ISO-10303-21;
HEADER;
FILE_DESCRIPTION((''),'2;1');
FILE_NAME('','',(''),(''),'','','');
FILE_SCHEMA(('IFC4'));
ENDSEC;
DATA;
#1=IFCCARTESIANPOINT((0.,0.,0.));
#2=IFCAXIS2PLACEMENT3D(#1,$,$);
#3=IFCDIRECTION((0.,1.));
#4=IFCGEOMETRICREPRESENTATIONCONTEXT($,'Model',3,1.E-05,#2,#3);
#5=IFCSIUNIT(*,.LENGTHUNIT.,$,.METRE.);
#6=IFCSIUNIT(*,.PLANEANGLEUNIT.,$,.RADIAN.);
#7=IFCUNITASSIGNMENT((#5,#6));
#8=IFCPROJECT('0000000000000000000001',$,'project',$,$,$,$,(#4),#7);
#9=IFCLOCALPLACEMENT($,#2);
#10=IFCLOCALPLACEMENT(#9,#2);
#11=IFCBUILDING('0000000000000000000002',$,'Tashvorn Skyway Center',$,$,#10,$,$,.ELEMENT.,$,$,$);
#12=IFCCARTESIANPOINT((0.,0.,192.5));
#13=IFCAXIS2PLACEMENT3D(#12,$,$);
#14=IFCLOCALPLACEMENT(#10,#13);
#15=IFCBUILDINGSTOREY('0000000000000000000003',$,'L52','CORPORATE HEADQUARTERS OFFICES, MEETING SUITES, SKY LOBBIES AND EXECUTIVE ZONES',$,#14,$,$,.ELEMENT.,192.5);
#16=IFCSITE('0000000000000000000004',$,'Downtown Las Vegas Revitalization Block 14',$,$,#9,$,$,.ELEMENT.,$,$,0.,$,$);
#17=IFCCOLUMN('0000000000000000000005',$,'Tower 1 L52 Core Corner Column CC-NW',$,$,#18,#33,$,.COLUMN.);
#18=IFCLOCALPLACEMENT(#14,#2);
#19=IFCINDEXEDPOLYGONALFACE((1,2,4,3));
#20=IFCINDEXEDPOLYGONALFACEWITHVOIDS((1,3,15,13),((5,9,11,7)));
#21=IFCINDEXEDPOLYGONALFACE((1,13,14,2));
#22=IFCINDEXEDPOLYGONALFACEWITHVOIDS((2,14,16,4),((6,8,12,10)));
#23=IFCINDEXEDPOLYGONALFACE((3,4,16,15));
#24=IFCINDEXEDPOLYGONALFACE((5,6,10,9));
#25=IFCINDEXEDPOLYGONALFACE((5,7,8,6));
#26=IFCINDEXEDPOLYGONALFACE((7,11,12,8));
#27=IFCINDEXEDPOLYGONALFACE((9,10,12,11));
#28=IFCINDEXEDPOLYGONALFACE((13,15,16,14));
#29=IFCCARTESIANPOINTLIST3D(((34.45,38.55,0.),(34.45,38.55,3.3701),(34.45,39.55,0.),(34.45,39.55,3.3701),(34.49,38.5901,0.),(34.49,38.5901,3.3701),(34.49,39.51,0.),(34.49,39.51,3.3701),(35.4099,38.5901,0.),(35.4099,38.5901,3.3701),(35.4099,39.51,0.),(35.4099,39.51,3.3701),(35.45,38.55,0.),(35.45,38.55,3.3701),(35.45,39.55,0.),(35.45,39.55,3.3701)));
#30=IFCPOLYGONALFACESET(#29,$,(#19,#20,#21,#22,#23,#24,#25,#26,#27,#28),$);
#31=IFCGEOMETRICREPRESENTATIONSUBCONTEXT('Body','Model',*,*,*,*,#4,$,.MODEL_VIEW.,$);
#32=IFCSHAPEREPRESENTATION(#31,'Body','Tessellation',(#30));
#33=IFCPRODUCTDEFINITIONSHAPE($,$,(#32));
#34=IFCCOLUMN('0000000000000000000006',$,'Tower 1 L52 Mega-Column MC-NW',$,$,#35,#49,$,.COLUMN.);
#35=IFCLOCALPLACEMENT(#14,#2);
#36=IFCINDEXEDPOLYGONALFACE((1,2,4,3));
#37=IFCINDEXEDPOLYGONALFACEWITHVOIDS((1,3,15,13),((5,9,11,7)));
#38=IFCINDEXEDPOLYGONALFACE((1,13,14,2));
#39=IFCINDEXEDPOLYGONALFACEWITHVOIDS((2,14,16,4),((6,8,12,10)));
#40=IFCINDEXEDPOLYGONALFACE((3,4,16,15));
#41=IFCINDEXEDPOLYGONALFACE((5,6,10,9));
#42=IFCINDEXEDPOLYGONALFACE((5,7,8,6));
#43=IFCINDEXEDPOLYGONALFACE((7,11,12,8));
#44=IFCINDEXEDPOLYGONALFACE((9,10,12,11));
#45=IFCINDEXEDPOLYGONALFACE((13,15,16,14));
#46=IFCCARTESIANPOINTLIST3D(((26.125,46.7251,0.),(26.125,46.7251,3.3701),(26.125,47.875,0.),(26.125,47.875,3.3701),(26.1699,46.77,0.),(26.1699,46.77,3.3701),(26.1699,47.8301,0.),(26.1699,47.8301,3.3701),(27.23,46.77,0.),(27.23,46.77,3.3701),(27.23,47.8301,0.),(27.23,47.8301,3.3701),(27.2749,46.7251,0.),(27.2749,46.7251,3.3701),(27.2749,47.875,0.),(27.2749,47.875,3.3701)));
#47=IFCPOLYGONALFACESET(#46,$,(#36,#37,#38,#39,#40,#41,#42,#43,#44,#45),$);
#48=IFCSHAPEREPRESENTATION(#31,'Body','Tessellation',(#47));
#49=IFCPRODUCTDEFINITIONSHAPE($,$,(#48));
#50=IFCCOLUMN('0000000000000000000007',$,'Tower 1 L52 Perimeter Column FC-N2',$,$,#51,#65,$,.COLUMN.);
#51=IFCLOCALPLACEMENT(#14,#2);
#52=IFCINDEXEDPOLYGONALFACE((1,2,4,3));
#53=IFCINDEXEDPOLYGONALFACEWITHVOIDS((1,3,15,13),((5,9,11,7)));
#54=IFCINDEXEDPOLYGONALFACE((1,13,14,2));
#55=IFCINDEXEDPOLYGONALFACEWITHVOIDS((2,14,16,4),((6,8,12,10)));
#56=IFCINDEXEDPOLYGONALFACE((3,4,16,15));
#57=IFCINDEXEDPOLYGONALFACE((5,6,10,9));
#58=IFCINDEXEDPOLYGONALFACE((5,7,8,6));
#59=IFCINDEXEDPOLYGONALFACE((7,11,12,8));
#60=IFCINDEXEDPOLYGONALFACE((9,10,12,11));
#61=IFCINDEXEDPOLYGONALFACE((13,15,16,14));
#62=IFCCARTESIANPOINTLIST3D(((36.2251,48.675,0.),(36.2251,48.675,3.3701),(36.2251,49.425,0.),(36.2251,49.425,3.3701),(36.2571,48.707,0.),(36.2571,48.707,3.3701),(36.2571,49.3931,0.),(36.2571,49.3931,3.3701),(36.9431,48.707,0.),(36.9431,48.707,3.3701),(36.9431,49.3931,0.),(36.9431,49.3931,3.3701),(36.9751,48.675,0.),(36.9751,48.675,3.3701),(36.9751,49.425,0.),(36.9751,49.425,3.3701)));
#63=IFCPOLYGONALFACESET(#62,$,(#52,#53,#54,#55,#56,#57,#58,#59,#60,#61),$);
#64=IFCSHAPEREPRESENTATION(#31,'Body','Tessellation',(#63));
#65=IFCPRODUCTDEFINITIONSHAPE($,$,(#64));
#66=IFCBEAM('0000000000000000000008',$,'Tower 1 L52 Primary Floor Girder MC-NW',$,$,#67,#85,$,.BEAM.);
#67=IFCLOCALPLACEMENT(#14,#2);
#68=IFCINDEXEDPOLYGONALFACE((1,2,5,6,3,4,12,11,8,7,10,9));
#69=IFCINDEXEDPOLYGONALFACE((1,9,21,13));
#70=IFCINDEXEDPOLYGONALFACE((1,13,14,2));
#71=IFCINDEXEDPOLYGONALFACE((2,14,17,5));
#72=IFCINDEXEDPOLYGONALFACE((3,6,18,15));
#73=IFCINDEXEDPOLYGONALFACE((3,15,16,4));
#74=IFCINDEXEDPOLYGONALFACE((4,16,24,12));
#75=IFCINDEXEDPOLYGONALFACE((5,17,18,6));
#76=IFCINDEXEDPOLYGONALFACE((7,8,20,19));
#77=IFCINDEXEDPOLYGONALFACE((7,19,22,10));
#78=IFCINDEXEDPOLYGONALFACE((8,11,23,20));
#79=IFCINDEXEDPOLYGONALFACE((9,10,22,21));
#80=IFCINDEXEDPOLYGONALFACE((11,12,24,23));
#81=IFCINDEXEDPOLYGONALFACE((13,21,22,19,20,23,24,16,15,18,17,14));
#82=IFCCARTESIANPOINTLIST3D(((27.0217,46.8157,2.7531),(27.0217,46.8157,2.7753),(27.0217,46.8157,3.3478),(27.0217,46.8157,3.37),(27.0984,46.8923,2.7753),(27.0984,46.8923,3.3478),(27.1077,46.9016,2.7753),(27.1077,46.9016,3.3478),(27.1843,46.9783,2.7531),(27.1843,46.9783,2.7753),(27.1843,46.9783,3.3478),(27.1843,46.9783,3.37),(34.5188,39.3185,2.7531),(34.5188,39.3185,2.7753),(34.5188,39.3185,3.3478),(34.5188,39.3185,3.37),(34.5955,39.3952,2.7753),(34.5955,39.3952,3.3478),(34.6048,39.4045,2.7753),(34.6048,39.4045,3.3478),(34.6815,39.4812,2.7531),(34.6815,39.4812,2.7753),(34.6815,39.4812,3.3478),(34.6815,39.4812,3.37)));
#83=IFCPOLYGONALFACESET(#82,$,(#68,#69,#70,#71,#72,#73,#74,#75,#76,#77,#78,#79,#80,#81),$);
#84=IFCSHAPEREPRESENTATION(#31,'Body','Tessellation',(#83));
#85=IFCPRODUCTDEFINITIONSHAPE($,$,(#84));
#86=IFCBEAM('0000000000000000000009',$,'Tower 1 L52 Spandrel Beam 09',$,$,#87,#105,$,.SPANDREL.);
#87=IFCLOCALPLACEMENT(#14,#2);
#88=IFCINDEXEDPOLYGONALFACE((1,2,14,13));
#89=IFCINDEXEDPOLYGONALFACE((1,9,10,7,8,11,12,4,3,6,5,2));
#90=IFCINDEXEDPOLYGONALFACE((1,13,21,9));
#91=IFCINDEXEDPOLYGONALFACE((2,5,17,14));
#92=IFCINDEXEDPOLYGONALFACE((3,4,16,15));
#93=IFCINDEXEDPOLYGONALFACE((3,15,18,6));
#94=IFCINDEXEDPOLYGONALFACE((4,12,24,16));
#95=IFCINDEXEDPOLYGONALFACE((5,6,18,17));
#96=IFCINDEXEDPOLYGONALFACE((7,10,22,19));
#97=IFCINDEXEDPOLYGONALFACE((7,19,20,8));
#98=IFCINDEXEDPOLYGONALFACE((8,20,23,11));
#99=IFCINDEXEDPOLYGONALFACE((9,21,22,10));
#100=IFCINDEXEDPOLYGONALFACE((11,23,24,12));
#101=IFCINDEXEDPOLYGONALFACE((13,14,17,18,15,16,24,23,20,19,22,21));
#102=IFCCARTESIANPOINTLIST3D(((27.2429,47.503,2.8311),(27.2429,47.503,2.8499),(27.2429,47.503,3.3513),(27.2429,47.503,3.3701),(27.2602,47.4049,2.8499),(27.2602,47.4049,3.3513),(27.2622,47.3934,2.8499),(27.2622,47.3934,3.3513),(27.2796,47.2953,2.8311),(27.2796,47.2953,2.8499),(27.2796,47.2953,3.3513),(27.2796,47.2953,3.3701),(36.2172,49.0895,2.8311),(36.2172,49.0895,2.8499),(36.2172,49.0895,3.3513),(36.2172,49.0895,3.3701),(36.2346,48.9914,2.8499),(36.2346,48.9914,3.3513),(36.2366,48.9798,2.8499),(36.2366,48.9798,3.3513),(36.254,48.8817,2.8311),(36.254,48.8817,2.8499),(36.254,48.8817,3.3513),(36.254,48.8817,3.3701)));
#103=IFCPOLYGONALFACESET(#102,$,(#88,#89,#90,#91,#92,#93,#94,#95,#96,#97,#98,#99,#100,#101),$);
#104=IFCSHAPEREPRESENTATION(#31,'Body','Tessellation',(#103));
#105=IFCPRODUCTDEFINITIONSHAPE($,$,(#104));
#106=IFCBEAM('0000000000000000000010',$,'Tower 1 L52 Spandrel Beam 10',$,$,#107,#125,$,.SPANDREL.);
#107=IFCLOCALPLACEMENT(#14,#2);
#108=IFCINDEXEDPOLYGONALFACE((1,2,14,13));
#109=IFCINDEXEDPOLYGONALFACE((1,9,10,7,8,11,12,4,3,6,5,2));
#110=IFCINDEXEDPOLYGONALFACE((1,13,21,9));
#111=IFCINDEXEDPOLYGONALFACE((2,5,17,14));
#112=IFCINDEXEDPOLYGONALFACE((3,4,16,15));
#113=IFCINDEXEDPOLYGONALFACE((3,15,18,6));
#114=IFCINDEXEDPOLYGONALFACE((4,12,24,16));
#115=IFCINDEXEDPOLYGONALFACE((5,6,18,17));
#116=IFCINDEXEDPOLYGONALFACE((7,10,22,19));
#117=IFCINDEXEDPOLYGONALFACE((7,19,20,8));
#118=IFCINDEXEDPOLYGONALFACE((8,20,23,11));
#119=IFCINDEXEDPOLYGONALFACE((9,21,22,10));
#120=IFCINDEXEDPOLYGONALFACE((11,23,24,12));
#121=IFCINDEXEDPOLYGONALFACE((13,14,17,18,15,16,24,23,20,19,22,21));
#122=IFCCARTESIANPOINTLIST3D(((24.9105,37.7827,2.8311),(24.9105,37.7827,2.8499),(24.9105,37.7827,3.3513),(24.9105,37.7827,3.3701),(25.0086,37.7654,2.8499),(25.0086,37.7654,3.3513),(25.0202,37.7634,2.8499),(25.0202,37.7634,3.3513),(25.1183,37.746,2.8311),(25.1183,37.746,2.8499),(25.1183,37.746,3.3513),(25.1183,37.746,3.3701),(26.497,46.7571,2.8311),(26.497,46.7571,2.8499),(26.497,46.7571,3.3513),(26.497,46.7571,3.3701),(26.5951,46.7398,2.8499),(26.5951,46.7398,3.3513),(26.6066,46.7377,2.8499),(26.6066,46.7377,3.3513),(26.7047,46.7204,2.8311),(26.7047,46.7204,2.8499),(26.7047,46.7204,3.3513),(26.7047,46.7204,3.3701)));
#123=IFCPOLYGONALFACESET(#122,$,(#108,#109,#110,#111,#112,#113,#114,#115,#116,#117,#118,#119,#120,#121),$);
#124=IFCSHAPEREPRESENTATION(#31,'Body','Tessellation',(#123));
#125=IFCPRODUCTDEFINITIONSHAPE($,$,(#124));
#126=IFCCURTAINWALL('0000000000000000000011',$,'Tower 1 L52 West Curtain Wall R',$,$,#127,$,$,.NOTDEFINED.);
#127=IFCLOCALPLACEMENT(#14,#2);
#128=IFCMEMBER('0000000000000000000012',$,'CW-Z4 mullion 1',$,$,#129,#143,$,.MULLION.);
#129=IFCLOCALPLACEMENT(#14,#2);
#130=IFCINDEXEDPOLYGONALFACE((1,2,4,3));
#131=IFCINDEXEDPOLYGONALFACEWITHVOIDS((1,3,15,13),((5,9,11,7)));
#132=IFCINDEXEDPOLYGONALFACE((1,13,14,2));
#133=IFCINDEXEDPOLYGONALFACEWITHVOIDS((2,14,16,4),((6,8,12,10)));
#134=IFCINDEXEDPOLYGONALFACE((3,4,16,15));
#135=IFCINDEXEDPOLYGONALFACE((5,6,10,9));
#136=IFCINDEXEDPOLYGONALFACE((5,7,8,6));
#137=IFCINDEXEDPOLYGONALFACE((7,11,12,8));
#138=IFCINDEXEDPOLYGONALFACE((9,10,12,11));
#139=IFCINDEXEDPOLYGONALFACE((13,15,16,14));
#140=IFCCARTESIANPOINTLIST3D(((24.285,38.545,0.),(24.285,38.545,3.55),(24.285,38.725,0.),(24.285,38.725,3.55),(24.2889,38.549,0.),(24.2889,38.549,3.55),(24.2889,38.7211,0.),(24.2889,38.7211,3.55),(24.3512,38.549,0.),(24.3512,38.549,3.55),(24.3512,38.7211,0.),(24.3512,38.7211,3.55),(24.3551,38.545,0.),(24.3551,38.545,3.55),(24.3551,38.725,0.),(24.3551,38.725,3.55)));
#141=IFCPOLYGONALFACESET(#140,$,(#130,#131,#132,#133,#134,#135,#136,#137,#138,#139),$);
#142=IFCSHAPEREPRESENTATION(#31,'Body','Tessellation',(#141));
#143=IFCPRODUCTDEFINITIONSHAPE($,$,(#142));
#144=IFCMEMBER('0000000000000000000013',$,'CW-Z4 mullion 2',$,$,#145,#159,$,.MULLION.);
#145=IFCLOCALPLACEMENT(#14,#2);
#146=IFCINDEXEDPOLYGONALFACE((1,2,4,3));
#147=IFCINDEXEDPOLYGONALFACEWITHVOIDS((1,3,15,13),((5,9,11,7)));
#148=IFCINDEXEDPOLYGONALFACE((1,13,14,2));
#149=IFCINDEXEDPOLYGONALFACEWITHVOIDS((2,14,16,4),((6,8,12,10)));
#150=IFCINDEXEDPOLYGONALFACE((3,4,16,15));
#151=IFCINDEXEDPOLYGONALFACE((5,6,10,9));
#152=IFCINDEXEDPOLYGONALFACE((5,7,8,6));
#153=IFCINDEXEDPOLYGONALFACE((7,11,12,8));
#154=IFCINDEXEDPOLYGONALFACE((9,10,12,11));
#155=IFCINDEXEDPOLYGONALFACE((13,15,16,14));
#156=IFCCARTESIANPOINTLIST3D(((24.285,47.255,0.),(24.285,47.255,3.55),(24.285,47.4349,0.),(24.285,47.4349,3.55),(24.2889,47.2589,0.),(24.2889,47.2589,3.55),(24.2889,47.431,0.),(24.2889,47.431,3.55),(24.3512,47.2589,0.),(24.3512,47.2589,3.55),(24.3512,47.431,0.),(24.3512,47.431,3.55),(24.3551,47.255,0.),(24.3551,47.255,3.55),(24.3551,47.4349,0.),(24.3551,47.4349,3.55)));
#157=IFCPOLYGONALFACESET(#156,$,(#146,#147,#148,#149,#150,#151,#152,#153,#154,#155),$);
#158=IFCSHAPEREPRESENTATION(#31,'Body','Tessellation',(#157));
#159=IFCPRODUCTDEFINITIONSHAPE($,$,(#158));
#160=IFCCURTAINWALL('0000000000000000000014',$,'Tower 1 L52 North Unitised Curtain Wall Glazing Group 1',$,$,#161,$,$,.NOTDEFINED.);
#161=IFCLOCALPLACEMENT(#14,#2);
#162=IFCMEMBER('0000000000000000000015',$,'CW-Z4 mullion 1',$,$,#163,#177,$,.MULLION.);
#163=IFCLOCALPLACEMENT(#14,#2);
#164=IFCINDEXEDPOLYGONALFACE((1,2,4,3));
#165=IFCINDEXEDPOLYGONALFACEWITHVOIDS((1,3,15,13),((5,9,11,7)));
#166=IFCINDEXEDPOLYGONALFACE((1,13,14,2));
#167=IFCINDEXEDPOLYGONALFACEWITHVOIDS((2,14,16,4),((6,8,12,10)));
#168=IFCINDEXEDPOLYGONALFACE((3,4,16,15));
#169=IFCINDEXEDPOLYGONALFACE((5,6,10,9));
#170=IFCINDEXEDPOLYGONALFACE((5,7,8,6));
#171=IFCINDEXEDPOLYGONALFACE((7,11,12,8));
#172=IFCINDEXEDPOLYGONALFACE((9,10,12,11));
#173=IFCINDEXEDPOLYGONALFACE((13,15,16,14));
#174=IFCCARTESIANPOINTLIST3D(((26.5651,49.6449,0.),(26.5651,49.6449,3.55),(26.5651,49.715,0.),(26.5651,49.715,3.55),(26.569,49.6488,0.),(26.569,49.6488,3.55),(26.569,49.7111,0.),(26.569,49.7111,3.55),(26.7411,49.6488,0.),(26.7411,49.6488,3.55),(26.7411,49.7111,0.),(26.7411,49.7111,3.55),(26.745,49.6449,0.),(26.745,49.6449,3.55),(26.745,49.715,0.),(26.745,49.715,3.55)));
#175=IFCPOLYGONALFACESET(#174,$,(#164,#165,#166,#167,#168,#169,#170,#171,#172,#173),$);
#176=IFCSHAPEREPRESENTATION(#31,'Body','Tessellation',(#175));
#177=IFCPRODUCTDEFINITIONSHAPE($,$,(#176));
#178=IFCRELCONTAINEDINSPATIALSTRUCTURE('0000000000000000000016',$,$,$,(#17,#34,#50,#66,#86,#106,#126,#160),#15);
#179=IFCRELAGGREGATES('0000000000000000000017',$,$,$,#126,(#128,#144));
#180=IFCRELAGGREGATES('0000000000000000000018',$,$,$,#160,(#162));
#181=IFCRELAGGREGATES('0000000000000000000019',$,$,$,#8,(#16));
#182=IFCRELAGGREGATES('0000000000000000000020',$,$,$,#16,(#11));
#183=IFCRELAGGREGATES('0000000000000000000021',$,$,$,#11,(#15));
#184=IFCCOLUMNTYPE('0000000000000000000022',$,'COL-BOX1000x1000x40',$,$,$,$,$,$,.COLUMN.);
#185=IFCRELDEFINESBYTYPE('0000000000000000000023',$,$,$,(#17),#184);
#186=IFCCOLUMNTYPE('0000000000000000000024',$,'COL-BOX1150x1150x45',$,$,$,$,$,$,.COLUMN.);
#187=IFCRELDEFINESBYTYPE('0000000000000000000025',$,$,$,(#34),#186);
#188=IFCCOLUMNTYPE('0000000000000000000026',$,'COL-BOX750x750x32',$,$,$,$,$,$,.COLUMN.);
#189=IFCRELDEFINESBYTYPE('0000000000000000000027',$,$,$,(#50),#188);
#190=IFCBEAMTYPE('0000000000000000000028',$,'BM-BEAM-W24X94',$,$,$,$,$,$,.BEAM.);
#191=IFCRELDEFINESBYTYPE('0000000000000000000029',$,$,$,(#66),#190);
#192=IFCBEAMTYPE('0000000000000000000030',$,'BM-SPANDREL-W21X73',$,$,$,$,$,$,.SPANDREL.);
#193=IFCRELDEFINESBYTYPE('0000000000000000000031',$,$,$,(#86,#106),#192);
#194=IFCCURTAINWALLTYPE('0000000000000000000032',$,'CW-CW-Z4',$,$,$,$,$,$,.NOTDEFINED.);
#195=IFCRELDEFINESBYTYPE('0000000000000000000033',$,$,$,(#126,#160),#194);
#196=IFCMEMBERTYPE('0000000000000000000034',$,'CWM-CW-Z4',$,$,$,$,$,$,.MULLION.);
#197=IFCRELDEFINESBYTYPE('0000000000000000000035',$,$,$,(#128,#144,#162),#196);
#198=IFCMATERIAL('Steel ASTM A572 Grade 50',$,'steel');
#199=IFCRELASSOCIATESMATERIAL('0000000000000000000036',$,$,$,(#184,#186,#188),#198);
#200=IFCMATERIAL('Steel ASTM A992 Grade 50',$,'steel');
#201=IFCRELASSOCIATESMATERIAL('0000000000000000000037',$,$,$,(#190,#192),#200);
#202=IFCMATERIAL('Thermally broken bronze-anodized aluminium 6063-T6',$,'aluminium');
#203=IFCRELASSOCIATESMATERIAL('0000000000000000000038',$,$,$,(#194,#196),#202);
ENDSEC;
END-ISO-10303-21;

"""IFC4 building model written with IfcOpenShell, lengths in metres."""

from ifc_helpers import new_model, si_unit, direction, frame, origin, origin_2d, place, context, subcontext, project, spatial, hollow_rectangle, i_section, extrude, material, material_profile, profile_set, type_object, element, aggregate, save


model = new_model("IFC4")

# Units and contexts
model_context = context("Model", 3, precision=1e-05, world=origin(), true_north=direction((0.0, 1.0)))
body_context = subcontext(model_context, "Body", "Model", "MODEL_VIEW")
ifc_project = project(units=[si_unit("LENGTHUNIT", "METRE"), si_unit("PLANEANGLEUNIT", "RADIAN")], contexts=[model_context])

# Site, building, storey
site_placement = place(None, origin())
site = spatial("IfcSite", under=ifc_project, at=site_placement, Name="Downtown Las Vegas Revitalization Block 14", CompositionType="ELEMENT", RefElevation=0.0)
building_placement = place(site_placement, origin())
building = spatial("IfcBuilding", under=site, at=building_placement, Name="Tashvorn Skyway Center", CompositionType="ELEMENT")
storey_placement = place(building_placement, frame((0.0, 0.0, 192.5)))
storey = spatial("IfcBuildingStorey", under=building, at=storey_placement, Name="L52", Description="CORPORATE HEADQUARTERS OFFICES, MEETING SUITES, SKY LOBBIES AND EXECUTIVE ZONES", CompositionType="ELEMENT", Elevation=192.5)

# Columns
ifc_material_1 = material(Name="Steel ASTM A572 Grade 50", Category="steel")
ifc_material_profile_1 = material_profile(ifc_material_1, hollow_rectangle(XDim=1.0, YDim=1.0, WallThickness=0.04, at=origin_2d()), Name="BOX1000x1000x40")
ifc_profile_set_1 = profile_set([ifc_material_profile_1], Name="Steel ASTM A572 Grade 50")
column_type_1 = type_object("IfcColumnType", Name="COL-BOX1000x1000x40", PredefinedType="COLUMN", material=ifc_profile_set_1)
column_1_placement = place(storey_placement, frame((34.95, 39.05, 0.0), z_axis=(0.0, 0.0, 1.0), x_axis=(1.0, 0.0, 0.0)))
element("IfcColumn", 1, at=column_1_placement, inside=storey, type_object=column_type_1, Name="Tower 1 L52 Core Corner Column CC-NW", PredefinedType="COLUMN", context=body_context, shape_type="SweptSolid", body=[
    extrude(hollow_rectangle(XDim=1.0, YDim=1.0, WallThickness=0.04, at=origin_2d()), origin(), (0.0, 0.0, 1.0), 3.3701),
])
ifc_material_profile_2 = material_profile(ifc_material_1, hollow_rectangle(XDim=1.1499, YDim=1.1499, WallThickness=0.0449, at=origin_2d()), Name="BOX1150x1150x45")
ifc_profile_set_2 = profile_set([ifc_material_profile_2], Name="Steel ASTM A572 Grade 50")
column_type_2 = type_object("IfcColumnType", Name="COL-BOX1150x1150x45", PredefinedType="COLUMN", material=ifc_profile_set_2)
column_2_placement = place(storey_placement, frame((26.7, 47.3, 0.0), z_axis=(0.0, 0.0, 1.0), x_axis=(1.0, 0.0, 0.0)))
element("IfcColumn", 2, at=column_2_placement, inside=storey, type_object=column_type_2, Name="Tower 1 L52 Mega-Column MC-NW", PredefinedType="COLUMN", context=body_context, shape_type="SweptSolid", body=[
    extrude(hollow_rectangle(XDim=1.1499, YDim=1.1499, WallThickness=0.0449, at=origin_2d()), origin(), (0.0, 0.0, 1.0), 3.3701),
])
ifc_material_profile_3 = material_profile(ifc_material_1, hollow_rectangle(XDim=0.75, YDim=0.75, WallThickness=0.032, at=origin_2d()), Name="BOX750x750x32")
ifc_profile_set_3 = profile_set([ifc_material_profile_3], Name="Steel ASTM A572 Grade 50")
column_type_3 = type_object("IfcColumnType", Name="COL-BOX750x750x32", PredefinedType="COLUMN", material=ifc_profile_set_3)
column_3_placement = place(storey_placement, frame((36.6001, 49.05, 0.0), z_axis=(0.0, 0.0, 1.0), x_axis=(1.0, 0.0, 0.0)))
element("IfcColumn", 3, at=column_3_placement, inside=storey, type_object=column_type_3, Name="Tower 1 L52 Perimeter Column FC-N2", PredefinedType="COLUMN", context=body_context, shape_type="SweptSolid", body=[
    extrude(hollow_rectangle(XDim=0.75, YDim=0.75, WallThickness=0.032, at=origin_2d()), origin(), (0.0, 0.0, 1.0), 3.3701),
])

# Beams
ifc_material_2 = material(Name="Steel ASTM A992 Grade 50", Category="steel")
ifc_material_profile_4 = material_profile(ifc_material_2, i_section(OverallWidth=0.23, OverallDepth=0.6169, WebThickness=0.0132, FlangeThickness=0.0222, at=origin_2d()), Name="W24X94")
ifc_profile_set_4 = profile_set([ifc_material_profile_4], Name="Steel ASTM A992 Grade 50")
beam_type_1 = type_object("IfcBeamType", Name="BM-BEAM-W24X94", PredefinedType="BEAM", material=ifc_profile_set_4)
beam_placement = place(storey_placement, frame((27.103, 46.897, 3.0615), z_axis=(0.707107, -0.707107, 0.0), x_axis=(0.707107, 0.707107, 0.0)))
element("IfcBeam", 4, at=beam_placement, inside=storey, type_object=beam_type_1, Name="Tower 1 L52 Primary Floor Girder MC-NW", PredefinedType="BEAM", context=body_context, shape_type="SweptSolid", body=[
    extrude(i_section(OverallWidth=0.23, OverallDepth=0.6169, WebThickness=0.0132, FlangeThickness=0.0222, at=origin_2d()), origin(), (0.0, 0.0, 1.0), 10.6025),
])
ifc_material_profile_5 = material_profile(ifc_material_2, i_section(OverallWidth=0.2109, OverallDepth=0.5391, WebThickness=0.0117, FlangeThickness=0.0188, at=origin_2d()), Name="W21X73")
ifc_profile_set_5 = profile_set([ifc_material_profile_5], Name="Steel ASTM A992 Grade 50")
beam_type_2 = type_object("IfcBeamType", Name="BM-SPANDREL-W21X73", PredefinedType="SPANDREL", material=ifc_profile_set_5)
for number, where, z_axis, x_axis, name in (
    (5, (36.2356, 48.9856, 3.1006), (-0.984733, -0.174074, 0.0), (0.174074, -0.984733, 0.0), "Tower 1 L52 Spandrel Beam 09"),
    (6, (26.6008, 46.7388, 3.1006), (-0.174074, -0.984733, 0.0), (0.984733, -0.174074, 0.0), "Tower 1 L52 Spandrel Beam 10"),
):
    element("IfcBeam", number, at=place(storey_placement, frame(where, z_axis=z_axis, x_axis=x_axis)), inside=storey, type_object=beam_type_2, Name=name, PredefinedType="SPANDREL", context=body_context, shape_type="SweptSolid", body=[
        extrude(i_section(OverallWidth=0.2109, OverallDepth=0.5391, WebThickness=0.0117, FlangeThickness=0.0188, at=origin_2d()), origin(), (0.0, 0.0, 1.0), 9.1135),
    ])

# Curtain wall, members
ifc_material_3 = material(Name="Thermally broken bronze-anodized aluminium 6063-T6", Category="aluminium")
curtain_wall_type = type_object("IfcCurtainWallType", Name="CW-CW-Z4", PredefinedType="NOTDEFINED", material=ifc_material_3)
curtain_wall_1_placement = place(storey_placement, origin())
curtain_wall_1 = element("IfcCurtainWall", 7, at=curtain_wall_1_placement, inside=storey, type_object=curtain_wall_type, Name="Tower 1 L52 West Curtain Wall R", PredefinedType="NOTDEFINED")
ifc_material_profile_6 = material_profile(ifc_material_3, hollow_rectangle(XDim=0.0701, YDim=0.1799, WallThickness=0.0039, at=origin_2d()), Name="ALU-MULL-70x180")
ifc_profile_set_6 = profile_set([ifc_material_profile_6], Name="Thermally broken bronze-anodized aluminium 6063-T6")
member_type_1 = type_object("IfcMemberType", Name="CWM-CW-Z4", PredefinedType="MULLION", material=ifc_profile_set_6)
member_1_placement = place(storey_placement, frame((24.3201, 38.635, 0.0), z_axis=(0.0, 0.0, 1.0), x_axis=(-1.0, 0.0, 0.0)))
member_1 = element("IfcMember", 8, at=member_1_placement, type_object=member_type_1, Name="CW-Z4 mullion 1", PredefinedType="MULLION", context=body_context, shape_type="SweptSolid", body=[
    extrude(hollow_rectangle(XDim=0.0701, YDim=0.1799, WallThickness=0.0039, at=origin_2d()), origin(), (0.0, 0.0, 1.0), 3.55),
])
member_2_placement = place(storey_placement, frame((24.3201, 47.345, 0.0), z_axis=(0.0, 0.0, 1.0), x_axis=(-1.0, 0.0, 0.0)))
member_2 = element("IfcMember", 9, at=member_2_placement, type_object=member_type_1, Name="CW-Z4 mullion 2", PredefinedType="MULLION", context=body_context, shape_type="SweptSolid", body=[
    extrude(hollow_rectangle(XDim=0.0701, YDim=0.1799, WallThickness=0.0039, at=origin_2d()), origin(), (0.0, 0.0, 1.0), 3.55),
])

# Curtain wall, member
curtain_wall_2_placement = place(storey_placement, origin())
curtain_wall_2 = element("IfcCurtainWall", 10, at=curtain_wall_2_placement, inside=storey, type_object=curtain_wall_type, Name="Tower 1 L52 North Unitised Curtain Wall Glazing Group 1", PredefinedType="NOTDEFINED")
member_3_placement = place(storey_placement, frame((26.655, 49.6799, 0.0), z_axis=(0.0, 0.0, 1.0), x_axis=(0.0, 1.0, 0.0)))
member_3 = element("IfcMember", 11, at=member_3_placement, type_object=member_type_1, Name="CW-Z4 mullion 1", PredefinedType="MULLION", context=body_context, shape_type="SweptSolid", body=[
    extrude(hollow_rectangle(XDim=0.0701, YDim=0.1799, WallThickness=0.0039, at=origin_2d()), origin(), (0.0, 0.0, 1.0), 3.55),
])

aggregate(curtain_wall_1, [member_1, member_2])
aggregate(curtain_wall_2, [member_3])

save(model, "model.ifc")
